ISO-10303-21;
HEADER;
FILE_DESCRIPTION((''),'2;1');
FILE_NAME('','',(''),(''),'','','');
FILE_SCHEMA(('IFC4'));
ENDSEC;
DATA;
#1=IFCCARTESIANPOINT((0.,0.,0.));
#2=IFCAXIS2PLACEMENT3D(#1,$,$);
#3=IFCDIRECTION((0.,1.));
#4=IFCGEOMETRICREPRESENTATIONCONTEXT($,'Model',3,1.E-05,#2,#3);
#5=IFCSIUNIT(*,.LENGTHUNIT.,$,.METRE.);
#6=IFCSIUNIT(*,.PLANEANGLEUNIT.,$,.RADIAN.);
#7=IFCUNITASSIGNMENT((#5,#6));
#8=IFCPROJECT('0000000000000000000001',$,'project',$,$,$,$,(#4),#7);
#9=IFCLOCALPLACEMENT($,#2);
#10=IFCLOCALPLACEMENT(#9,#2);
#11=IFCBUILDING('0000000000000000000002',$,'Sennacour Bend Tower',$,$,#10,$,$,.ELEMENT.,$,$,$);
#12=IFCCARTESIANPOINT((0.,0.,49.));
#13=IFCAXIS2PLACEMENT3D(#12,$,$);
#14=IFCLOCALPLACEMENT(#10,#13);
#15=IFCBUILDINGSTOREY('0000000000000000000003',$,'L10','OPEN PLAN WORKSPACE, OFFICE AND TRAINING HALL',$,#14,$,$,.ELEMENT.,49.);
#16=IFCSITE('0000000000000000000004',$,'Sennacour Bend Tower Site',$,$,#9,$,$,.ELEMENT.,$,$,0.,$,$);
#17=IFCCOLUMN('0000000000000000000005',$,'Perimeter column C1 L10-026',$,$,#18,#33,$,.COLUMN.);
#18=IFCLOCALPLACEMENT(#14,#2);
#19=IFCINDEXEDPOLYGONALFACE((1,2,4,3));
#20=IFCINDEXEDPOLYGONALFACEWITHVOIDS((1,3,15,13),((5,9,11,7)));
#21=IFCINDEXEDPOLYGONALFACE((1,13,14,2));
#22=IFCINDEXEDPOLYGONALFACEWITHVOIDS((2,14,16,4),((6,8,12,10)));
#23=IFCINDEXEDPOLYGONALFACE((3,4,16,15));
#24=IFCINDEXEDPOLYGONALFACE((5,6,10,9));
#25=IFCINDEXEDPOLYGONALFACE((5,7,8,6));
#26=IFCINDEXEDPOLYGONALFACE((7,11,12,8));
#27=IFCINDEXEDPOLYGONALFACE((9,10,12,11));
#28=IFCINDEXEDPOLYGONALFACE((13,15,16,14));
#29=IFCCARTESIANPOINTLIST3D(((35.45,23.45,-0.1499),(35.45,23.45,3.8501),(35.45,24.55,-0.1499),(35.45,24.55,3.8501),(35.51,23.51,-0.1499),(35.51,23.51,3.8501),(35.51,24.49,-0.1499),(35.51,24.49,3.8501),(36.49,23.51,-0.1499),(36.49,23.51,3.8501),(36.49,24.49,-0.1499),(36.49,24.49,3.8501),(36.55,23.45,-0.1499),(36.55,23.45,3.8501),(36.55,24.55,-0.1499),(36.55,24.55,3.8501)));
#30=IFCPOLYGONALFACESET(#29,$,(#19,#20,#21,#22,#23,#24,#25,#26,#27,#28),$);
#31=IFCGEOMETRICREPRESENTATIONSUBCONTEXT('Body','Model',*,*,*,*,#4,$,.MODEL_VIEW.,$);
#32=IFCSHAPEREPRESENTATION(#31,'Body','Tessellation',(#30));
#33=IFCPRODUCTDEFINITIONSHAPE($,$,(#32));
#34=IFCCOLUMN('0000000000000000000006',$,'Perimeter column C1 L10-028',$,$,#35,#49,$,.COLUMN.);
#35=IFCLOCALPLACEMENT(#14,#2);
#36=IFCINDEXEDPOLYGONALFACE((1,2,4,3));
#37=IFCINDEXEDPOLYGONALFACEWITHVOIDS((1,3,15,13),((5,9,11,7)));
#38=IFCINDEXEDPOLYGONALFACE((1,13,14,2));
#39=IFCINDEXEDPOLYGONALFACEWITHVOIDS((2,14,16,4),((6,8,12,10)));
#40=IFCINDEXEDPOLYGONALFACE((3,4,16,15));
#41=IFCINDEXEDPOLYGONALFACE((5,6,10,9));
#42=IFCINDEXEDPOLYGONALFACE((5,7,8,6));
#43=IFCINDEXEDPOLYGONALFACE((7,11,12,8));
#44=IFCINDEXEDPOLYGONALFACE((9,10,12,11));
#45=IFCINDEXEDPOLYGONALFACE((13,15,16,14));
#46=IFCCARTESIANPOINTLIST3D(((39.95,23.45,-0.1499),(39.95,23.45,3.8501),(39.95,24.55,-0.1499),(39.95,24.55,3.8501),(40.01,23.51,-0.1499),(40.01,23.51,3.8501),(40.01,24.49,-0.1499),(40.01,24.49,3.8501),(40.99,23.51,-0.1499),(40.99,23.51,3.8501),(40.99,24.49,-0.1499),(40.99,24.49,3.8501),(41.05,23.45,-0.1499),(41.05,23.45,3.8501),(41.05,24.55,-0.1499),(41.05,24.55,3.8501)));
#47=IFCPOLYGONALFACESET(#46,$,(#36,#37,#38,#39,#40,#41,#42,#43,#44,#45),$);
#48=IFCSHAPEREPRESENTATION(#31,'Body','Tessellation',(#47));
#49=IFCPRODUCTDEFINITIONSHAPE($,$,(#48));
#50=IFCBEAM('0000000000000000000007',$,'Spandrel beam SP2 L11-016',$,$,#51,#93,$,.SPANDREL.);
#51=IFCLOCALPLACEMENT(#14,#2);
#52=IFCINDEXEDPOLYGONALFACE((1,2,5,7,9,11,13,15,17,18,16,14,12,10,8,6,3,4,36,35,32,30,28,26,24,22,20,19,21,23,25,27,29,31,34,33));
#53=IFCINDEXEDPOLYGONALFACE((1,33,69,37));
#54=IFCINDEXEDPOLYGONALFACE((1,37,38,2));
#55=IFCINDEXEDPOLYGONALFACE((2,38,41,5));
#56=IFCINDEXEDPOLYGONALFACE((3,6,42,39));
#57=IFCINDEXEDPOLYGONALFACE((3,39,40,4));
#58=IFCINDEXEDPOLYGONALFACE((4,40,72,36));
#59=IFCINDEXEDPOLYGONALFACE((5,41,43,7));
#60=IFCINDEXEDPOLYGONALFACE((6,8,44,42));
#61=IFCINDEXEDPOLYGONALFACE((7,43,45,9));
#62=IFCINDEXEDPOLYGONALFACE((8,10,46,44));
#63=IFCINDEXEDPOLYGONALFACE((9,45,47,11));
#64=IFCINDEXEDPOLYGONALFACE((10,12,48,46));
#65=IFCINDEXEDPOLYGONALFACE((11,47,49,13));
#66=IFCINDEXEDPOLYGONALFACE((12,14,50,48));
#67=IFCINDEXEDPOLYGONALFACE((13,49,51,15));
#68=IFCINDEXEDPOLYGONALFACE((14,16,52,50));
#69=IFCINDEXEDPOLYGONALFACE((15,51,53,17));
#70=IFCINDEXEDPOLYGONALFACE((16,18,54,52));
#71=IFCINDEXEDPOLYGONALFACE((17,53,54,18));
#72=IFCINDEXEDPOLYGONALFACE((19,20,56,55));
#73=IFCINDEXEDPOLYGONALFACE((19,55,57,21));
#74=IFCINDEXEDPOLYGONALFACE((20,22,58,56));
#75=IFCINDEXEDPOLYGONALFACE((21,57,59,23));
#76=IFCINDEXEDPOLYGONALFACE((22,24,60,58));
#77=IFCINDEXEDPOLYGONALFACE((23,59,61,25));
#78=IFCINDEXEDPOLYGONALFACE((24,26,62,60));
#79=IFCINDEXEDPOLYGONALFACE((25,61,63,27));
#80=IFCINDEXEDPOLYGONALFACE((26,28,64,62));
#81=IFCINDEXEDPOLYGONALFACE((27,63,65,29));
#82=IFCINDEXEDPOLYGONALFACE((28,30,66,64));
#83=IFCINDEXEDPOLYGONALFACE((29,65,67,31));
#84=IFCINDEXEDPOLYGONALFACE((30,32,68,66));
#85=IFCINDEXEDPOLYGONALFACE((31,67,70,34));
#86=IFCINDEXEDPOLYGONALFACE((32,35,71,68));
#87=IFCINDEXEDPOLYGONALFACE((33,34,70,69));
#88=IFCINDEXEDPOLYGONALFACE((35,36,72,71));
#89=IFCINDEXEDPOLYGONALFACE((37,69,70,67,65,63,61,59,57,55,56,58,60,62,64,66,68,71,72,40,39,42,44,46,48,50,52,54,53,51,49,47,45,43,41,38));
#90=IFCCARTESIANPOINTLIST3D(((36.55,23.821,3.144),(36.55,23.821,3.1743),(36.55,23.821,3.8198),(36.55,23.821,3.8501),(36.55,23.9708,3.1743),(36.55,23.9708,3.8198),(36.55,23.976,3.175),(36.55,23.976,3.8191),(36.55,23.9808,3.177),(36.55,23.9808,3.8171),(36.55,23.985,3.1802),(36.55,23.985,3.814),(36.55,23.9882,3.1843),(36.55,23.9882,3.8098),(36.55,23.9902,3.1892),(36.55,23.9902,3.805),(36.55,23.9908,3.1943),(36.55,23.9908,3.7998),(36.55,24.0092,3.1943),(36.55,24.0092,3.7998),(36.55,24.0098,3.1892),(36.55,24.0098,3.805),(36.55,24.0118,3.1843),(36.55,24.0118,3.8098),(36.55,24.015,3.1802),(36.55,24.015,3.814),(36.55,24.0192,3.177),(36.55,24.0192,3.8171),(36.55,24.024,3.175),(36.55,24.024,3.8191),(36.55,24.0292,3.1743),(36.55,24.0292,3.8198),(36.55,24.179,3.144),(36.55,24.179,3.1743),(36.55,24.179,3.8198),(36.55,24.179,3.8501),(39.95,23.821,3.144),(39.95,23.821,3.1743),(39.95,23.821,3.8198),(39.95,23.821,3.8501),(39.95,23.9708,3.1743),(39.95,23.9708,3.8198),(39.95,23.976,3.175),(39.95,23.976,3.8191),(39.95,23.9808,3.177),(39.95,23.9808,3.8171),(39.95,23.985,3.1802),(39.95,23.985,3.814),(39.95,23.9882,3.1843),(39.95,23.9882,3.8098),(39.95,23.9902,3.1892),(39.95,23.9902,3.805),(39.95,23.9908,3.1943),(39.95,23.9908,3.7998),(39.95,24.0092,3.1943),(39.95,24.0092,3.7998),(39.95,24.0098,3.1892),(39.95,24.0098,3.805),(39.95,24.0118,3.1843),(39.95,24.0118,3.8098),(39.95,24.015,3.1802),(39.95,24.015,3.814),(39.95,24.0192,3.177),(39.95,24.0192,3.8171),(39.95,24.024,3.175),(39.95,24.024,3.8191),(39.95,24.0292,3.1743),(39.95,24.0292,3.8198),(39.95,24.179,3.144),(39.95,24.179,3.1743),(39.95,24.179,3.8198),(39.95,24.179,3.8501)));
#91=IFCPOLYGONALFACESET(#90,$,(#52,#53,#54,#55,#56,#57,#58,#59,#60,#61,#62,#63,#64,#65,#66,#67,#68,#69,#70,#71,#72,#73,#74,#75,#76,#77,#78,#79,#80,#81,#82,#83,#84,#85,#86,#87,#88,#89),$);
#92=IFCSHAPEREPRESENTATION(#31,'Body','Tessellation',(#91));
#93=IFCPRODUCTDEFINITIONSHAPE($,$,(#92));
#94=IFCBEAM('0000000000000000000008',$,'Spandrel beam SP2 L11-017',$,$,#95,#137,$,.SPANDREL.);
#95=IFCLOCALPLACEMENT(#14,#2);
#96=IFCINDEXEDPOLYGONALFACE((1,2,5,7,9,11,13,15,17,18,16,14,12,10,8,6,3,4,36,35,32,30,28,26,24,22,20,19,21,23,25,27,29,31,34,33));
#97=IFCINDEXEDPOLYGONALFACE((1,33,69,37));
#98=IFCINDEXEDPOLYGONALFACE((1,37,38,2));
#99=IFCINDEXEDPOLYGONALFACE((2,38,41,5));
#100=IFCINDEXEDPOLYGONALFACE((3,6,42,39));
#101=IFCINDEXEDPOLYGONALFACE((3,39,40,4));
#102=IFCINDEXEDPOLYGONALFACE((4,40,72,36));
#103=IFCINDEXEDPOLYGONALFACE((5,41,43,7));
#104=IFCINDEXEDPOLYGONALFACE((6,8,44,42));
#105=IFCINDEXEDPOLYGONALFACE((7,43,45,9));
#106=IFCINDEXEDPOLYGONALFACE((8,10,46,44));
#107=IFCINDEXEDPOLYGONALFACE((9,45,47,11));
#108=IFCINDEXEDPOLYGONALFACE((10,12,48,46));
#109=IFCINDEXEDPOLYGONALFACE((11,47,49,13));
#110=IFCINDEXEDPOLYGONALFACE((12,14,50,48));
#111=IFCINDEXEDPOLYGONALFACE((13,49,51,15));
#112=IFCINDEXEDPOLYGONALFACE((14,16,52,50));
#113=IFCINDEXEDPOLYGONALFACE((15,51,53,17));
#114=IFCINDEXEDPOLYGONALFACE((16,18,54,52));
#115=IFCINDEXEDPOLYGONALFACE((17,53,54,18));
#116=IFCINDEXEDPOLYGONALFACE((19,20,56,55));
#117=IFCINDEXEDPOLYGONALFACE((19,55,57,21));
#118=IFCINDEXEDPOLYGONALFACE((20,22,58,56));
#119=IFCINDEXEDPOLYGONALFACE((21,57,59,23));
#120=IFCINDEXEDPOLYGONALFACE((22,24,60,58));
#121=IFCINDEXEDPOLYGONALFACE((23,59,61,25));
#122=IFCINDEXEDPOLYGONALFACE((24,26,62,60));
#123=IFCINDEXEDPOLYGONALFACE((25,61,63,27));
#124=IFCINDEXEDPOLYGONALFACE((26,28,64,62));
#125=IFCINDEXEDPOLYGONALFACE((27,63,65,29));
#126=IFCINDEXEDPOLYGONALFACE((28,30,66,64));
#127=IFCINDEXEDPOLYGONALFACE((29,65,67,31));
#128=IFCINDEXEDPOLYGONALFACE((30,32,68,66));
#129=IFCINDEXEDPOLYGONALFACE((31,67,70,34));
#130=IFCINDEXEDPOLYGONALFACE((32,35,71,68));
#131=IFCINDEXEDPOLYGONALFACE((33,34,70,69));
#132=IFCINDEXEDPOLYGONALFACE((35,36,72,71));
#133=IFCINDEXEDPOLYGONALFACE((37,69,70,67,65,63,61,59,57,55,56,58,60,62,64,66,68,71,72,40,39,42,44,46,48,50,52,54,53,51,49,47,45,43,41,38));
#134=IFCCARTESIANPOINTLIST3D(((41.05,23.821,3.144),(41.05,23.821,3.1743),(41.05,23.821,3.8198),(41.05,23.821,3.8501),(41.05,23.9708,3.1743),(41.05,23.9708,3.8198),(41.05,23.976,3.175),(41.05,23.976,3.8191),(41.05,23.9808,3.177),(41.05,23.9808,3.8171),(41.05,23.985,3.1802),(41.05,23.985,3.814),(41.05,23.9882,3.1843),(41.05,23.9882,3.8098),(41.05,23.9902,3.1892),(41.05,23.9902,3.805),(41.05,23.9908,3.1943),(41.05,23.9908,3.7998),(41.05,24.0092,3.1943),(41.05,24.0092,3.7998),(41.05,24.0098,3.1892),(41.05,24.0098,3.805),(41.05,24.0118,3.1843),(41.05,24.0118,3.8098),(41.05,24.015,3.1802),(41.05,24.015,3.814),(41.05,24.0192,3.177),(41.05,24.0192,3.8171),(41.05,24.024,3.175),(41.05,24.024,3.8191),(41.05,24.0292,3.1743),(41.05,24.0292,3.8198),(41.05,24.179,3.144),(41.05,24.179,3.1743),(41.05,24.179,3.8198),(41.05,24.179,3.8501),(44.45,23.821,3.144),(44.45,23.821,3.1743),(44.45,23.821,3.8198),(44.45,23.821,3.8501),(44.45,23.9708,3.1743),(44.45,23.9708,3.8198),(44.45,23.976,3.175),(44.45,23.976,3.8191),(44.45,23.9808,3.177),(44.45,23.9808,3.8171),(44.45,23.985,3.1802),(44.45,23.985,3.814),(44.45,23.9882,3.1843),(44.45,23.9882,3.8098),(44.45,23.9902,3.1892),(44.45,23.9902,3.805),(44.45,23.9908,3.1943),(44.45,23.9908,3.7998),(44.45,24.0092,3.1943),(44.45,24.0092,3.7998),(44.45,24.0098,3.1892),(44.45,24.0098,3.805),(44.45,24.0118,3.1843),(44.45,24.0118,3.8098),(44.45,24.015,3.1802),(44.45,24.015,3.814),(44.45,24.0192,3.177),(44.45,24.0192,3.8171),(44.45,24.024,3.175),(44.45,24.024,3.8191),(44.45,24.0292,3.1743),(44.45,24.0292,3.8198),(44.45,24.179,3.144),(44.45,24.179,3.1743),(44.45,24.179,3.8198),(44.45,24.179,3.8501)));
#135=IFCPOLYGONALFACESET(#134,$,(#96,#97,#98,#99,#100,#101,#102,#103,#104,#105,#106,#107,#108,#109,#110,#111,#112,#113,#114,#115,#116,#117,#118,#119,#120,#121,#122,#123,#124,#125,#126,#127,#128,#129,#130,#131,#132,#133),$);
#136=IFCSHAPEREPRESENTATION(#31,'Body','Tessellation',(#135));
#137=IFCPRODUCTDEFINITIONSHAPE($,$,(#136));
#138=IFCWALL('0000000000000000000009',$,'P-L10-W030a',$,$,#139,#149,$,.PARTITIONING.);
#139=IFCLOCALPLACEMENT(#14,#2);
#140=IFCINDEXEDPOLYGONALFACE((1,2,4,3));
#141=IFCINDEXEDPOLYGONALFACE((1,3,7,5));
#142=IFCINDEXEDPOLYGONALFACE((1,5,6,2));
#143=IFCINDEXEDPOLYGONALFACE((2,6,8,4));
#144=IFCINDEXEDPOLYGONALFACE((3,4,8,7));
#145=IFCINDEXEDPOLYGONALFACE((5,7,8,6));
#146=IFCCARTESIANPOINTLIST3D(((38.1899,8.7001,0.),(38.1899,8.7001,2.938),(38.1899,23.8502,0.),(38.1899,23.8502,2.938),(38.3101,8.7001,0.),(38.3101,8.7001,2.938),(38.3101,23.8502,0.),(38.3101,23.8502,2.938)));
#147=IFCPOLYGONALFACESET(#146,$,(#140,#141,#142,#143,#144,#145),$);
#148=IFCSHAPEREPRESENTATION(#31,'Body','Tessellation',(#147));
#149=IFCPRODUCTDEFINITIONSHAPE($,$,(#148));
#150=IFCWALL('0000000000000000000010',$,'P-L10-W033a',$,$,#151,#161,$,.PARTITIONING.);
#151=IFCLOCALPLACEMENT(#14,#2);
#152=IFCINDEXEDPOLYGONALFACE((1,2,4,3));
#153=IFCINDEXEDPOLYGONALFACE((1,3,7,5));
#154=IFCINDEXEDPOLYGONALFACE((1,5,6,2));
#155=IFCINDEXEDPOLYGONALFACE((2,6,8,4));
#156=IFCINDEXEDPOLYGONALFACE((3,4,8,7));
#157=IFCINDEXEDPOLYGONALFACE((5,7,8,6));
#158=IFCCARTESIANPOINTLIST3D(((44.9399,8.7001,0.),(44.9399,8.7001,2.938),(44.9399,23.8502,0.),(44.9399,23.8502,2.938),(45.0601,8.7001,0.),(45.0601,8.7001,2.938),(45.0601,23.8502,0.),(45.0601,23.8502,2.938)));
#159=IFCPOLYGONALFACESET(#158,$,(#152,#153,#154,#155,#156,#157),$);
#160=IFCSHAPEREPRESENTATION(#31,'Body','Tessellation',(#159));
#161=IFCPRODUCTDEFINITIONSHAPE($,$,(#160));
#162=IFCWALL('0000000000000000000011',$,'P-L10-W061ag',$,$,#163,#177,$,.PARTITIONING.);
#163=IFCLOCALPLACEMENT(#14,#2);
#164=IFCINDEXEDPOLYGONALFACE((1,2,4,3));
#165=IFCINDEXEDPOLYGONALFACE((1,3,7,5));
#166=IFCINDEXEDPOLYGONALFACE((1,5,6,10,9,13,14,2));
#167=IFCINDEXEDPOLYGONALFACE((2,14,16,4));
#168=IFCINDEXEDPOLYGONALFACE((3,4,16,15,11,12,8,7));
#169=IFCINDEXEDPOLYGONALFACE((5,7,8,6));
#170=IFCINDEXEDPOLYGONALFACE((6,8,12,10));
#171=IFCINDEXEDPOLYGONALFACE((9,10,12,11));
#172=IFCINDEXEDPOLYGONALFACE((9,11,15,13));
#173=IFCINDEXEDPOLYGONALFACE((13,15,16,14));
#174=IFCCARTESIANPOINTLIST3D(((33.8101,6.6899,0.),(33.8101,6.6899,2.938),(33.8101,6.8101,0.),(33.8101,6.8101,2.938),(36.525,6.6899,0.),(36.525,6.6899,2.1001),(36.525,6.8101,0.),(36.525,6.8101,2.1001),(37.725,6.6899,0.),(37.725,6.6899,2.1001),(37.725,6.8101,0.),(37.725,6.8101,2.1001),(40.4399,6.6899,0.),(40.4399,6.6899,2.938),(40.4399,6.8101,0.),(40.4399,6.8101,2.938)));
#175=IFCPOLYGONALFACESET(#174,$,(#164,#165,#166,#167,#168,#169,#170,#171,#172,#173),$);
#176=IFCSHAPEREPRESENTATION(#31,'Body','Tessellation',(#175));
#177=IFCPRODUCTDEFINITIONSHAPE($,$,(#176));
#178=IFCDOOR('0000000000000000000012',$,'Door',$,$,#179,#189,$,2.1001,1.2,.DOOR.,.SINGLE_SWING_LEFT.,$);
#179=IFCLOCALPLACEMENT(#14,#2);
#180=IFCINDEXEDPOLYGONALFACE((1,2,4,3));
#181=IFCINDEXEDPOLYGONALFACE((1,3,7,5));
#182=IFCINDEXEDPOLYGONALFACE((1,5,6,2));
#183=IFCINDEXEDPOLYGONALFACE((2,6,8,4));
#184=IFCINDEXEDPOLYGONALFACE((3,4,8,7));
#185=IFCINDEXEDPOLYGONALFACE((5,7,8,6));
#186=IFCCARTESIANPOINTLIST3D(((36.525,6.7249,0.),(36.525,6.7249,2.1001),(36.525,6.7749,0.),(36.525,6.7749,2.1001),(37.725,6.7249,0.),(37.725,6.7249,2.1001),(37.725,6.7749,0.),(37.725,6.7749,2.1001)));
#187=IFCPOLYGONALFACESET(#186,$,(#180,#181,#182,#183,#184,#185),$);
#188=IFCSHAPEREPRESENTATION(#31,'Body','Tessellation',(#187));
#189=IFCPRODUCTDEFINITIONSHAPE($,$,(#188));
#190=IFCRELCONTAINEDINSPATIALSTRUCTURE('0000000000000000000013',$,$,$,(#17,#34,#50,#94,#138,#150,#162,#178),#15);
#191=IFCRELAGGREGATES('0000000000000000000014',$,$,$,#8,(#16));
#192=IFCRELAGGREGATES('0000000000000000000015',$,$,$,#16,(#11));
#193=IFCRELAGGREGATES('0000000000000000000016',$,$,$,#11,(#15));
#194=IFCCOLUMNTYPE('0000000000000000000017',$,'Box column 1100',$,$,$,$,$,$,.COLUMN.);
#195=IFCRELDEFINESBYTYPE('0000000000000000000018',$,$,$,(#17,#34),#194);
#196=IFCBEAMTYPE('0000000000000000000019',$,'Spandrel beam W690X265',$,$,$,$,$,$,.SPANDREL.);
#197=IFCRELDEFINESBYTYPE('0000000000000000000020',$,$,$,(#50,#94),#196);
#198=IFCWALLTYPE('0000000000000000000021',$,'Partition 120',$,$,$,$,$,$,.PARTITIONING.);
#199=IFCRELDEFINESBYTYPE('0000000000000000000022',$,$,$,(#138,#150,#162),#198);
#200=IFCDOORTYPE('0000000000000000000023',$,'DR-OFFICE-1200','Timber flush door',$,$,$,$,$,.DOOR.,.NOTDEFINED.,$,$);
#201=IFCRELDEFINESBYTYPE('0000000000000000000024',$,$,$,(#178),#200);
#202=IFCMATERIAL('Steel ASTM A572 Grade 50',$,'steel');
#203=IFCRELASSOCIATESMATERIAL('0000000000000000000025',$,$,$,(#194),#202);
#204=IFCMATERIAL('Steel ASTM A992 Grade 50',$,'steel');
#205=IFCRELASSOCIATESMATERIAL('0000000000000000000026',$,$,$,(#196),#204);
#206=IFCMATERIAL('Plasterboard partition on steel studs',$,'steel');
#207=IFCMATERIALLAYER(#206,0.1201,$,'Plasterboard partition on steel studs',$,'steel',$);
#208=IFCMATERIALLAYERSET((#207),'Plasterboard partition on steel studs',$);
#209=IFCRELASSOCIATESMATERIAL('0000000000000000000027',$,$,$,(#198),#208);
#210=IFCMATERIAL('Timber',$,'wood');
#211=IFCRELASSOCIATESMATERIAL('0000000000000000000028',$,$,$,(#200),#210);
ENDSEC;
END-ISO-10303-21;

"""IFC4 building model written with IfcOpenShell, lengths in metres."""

from ifc_helpers import new_model, si_unit, direction, frame, frame_2d, origin, origin_2d, place, context, subcontext, project, spatial, rectangle, hollow_rectangle, i_section, extrude, material, layer, layer_set, material_profile, profile_set, type_object, element, fill, save


model = new_model("IFC4")

# Units and contexts
model_context = context("Model", 3, precision=1e-05, world=origin(), true_north=direction((0.0, 1.0)))
body_context = subcontext(model_context, "Body", "Model", "MODEL_VIEW")
ifc_project = project(units=[si_unit("LENGTHUNIT", "METRE"), si_unit("PLANEANGLEUNIT", "RADIAN")], contexts=[model_context])

# Site, building, storey
site_placement = place(None, origin())
site = spatial("IfcSite", under=ifc_project, at=site_placement, Name="Sennacour Bend Tower Site", CompositionType="ELEMENT", RefElevation=0.0)
building_placement = place(site_placement, origin())
building = spatial("IfcBuilding", under=site, at=building_placement, Name="Sennacour Bend Tower", CompositionType="ELEMENT")
storey_placement = place(building_placement, frame((0.0, 0.0, 49.0)))
storey = spatial("IfcBuildingStorey", under=building, at=storey_placement, Name="L10", Description="OPEN PLAN WORKSPACE, OFFICE AND TRAINING HALL", CompositionType="ELEMENT", Elevation=49.0)

# Columns
ifc_material_1 = material(Name="Steel ASTM A572 Grade 50", Category="steel")
ifc_material_profile_1 = material_profile(ifc_material_1, hollow_rectangle(XDim=1.1001, YDim=1.1001, WallThickness=0.0601, at=origin_2d()), Name="Steel ASTM A572 Grade 50", Category="steel")
ifc_profile_set_1 = profile_set([ifc_material_profile_1], Name="Steel ASTM A572 Grade 50")
column_type = type_object("IfcColumnType", Name="Box column 1100", PredefinedType="COLUMN", material=ifc_profile_set_1)
for number, where, z_axis, x_axis, name in (
    (1, (36.0, 24.0, -0.1499), (0.0, 0.0, 1.0), (1.0, 0.0, 0.0), "Perimeter column C1 L10-026"),
    (2, (40.5, 24.0, -0.1499), (0.0, 0.0, 1.0), (1.0, 0.0, 0.0), "Perimeter column C1 L10-028"),
):
    element("IfcColumn", number, at=place(storey_placement, frame(where, z_axis=z_axis, x_axis=x_axis)), inside=storey, type_object=column_type, Name=name, PredefinedType="COLUMN", context=body_context, shape_type="SweptSolid", body=[
        extrude(hollow_rectangle(XDim=1.1001, YDim=1.1001, WallThickness=0.0601, at=origin_2d()), origin(), (0.0, 0.0, 1.0), 4.0),
    ])

# Beams
ifc_material_2 = material(Name="Steel ASTM A992 Grade 50", Category="steel")
ifc_material_profile_2 = material_profile(ifc_material_2, i_section(OverallWidth=0.3579, OverallDepth=0.7061, WebThickness=0.0183, FlangeThickness=0.0303, FilletRadius=0.02, at=origin_2d()), Name="Steel ASTM A992 Grade 50", Category="steel")
ifc_profile_set_2 = profile_set([ifc_material_profile_2], Name="Steel ASTM A992 Grade 50")
beam_type = type_object("IfcBeamType", Name="Spandrel beam W690X265", PredefinedType="SPANDREL", material=ifc_profile_set_2)
for number, where, z_axis, x_axis, name in (
    (3, (36.55, 24.0, 3.4971), (1.0, 0.0, 0.0), (0.0, 1.0, 0.0), "Spandrel beam SP2 L11-016"),
    (4, (41.05, 24.0, 3.4971), (1.0, 0.0, 0.0), (0.0, 1.0, 0.0), "Spandrel beam SP2 L11-017"),
):
    element("IfcBeam", number, at=place(storey_placement, frame(where, z_axis=z_axis, x_axis=x_axis)), inside=storey, type_object=beam_type, Name=name, PredefinedType="SPANDREL", context=body_context, shape_type="SweptSolid", body=[
        extrude(i_section(OverallWidth=0.3579, OverallDepth=0.7061, WebThickness=0.0183, FlangeThickness=0.0303, FilletRadius=0.02, at=origin_2d()), origin(), (0.0, 0.0, 1.0), 3.3999),
    ])

# Walls
ifc_material_3 = material(Name="Plasterboard partition on steel studs", Category="steel")
ifc_layer_1 = layer(ifc_material_3, 0.1201, Name="Plasterboard partition on steel studs", Category="steel")
ifc_layer_set_1 = layer_set([ifc_layer_1], Name="Plasterboard partition on steel studs")
wall_type_1 = type_object("IfcWallType", Name="Partition 120", PredefinedType="PARTITIONING", material=ifc_layer_set_1)
for number, where, z_axis, x_axis, name in (
    (5, (38.25, 8.7, 0.0), (0.0, 0.0, 1.0), (0.0, 1.0, 0.0), "P-L10-W030a"),
    (6, (45.0, 8.7, 0.0), (0.0, 0.0, 1.0), (0.0, 1.0, 0.0), "P-L10-W033a"),
):
    element("IfcWall", number, at=place(storey_placement, frame(where, z_axis=z_axis, x_axis=x_axis)), inside=storey, type_object=wall_type_1, Name=name, PredefinedType="PARTITIONING", context=body_context, shape_type="SweptSolid", body=[
        extrude(rectangle(XDim=15.1501, YDim=0.1201, at=frame_2d((7.5752, 0.0))), origin(), (0.0, 0.0, 1.0), 2.938),
    ])

# Wall, opening, door
wall_1_placement = place(storey_placement, frame((33.8101, 6.75, 0.0), z_axis=(0.0, 0.0, 1.0), x_axis=(1.0, 0.0, 0.0)))
wall_1 = element("IfcWall", 7, at=wall_1_placement, inside=storey, type_object=wall_type_1, Name="P-L10-W061ag", PredefinedType="PARTITIONING", context=body_context, shape_type="SweptSolid", body=[
    extrude(rectangle(XDim=6.6299, YDim=0.1201, at=frame_2d((3.3149, 0.0))), origin(), (0.0, 0.0, 1.0), 2.938),
])
opening_1_placement = place(wall_1_placement, frame((2.7148, 0.0, 0.0)))
opening_1 = element("IfcOpeningElement", 8, at=opening_1_placement, cuts=wall_1, PredefinedType="OPENING", context=body_context, shape_type="SweptSolid", body=[
    extrude(rectangle(XDim=1.2, YDim=2.1001, at=frame_2d((0.6001, 1.05))), frame((0.0, 0.0701, 0.0), z_axis=(0.0, -1.0, 0.0), x_axis=(1.0, 0.0, 0.0)), (0.0, 0.0, 1.0), 0.1401),
])
ifc_material_4 = material(Name="Timber", Category="wood")
door_type_1 = type_object("IfcDoorType", Name="DR-OFFICE-1200", Description="Timber flush door", OperationType="NOTDEFINED", PredefinedType="DOOR", material=ifc_material_4)
door_1_placement = place(opening_1_placement, origin())
door_1 = element("IfcDoor", 9, at=door_1_placement, inside=storey, type_object=door_type_1, Name="Door", OperationType="SINGLE_SWING_LEFT", OverallHeight=2.1001, OverallWidth=1.2, PredefinedType="DOOR", context=body_context, shape_type="SweptSolid", body=[
    extrude(rectangle(XDim=1.2, YDim=2.1001, at=frame_2d((0.6001, 1.05))), frame((0.0, 0.0249, 0.0), z_axis=(0.0, -1.0, 0.0), x_axis=(1.0, 0.0, 0.0)), (0.0, 0.0, 1.0), 0.05),
])
fill(opening_1, door_1)

save(model, "model.ifc")
